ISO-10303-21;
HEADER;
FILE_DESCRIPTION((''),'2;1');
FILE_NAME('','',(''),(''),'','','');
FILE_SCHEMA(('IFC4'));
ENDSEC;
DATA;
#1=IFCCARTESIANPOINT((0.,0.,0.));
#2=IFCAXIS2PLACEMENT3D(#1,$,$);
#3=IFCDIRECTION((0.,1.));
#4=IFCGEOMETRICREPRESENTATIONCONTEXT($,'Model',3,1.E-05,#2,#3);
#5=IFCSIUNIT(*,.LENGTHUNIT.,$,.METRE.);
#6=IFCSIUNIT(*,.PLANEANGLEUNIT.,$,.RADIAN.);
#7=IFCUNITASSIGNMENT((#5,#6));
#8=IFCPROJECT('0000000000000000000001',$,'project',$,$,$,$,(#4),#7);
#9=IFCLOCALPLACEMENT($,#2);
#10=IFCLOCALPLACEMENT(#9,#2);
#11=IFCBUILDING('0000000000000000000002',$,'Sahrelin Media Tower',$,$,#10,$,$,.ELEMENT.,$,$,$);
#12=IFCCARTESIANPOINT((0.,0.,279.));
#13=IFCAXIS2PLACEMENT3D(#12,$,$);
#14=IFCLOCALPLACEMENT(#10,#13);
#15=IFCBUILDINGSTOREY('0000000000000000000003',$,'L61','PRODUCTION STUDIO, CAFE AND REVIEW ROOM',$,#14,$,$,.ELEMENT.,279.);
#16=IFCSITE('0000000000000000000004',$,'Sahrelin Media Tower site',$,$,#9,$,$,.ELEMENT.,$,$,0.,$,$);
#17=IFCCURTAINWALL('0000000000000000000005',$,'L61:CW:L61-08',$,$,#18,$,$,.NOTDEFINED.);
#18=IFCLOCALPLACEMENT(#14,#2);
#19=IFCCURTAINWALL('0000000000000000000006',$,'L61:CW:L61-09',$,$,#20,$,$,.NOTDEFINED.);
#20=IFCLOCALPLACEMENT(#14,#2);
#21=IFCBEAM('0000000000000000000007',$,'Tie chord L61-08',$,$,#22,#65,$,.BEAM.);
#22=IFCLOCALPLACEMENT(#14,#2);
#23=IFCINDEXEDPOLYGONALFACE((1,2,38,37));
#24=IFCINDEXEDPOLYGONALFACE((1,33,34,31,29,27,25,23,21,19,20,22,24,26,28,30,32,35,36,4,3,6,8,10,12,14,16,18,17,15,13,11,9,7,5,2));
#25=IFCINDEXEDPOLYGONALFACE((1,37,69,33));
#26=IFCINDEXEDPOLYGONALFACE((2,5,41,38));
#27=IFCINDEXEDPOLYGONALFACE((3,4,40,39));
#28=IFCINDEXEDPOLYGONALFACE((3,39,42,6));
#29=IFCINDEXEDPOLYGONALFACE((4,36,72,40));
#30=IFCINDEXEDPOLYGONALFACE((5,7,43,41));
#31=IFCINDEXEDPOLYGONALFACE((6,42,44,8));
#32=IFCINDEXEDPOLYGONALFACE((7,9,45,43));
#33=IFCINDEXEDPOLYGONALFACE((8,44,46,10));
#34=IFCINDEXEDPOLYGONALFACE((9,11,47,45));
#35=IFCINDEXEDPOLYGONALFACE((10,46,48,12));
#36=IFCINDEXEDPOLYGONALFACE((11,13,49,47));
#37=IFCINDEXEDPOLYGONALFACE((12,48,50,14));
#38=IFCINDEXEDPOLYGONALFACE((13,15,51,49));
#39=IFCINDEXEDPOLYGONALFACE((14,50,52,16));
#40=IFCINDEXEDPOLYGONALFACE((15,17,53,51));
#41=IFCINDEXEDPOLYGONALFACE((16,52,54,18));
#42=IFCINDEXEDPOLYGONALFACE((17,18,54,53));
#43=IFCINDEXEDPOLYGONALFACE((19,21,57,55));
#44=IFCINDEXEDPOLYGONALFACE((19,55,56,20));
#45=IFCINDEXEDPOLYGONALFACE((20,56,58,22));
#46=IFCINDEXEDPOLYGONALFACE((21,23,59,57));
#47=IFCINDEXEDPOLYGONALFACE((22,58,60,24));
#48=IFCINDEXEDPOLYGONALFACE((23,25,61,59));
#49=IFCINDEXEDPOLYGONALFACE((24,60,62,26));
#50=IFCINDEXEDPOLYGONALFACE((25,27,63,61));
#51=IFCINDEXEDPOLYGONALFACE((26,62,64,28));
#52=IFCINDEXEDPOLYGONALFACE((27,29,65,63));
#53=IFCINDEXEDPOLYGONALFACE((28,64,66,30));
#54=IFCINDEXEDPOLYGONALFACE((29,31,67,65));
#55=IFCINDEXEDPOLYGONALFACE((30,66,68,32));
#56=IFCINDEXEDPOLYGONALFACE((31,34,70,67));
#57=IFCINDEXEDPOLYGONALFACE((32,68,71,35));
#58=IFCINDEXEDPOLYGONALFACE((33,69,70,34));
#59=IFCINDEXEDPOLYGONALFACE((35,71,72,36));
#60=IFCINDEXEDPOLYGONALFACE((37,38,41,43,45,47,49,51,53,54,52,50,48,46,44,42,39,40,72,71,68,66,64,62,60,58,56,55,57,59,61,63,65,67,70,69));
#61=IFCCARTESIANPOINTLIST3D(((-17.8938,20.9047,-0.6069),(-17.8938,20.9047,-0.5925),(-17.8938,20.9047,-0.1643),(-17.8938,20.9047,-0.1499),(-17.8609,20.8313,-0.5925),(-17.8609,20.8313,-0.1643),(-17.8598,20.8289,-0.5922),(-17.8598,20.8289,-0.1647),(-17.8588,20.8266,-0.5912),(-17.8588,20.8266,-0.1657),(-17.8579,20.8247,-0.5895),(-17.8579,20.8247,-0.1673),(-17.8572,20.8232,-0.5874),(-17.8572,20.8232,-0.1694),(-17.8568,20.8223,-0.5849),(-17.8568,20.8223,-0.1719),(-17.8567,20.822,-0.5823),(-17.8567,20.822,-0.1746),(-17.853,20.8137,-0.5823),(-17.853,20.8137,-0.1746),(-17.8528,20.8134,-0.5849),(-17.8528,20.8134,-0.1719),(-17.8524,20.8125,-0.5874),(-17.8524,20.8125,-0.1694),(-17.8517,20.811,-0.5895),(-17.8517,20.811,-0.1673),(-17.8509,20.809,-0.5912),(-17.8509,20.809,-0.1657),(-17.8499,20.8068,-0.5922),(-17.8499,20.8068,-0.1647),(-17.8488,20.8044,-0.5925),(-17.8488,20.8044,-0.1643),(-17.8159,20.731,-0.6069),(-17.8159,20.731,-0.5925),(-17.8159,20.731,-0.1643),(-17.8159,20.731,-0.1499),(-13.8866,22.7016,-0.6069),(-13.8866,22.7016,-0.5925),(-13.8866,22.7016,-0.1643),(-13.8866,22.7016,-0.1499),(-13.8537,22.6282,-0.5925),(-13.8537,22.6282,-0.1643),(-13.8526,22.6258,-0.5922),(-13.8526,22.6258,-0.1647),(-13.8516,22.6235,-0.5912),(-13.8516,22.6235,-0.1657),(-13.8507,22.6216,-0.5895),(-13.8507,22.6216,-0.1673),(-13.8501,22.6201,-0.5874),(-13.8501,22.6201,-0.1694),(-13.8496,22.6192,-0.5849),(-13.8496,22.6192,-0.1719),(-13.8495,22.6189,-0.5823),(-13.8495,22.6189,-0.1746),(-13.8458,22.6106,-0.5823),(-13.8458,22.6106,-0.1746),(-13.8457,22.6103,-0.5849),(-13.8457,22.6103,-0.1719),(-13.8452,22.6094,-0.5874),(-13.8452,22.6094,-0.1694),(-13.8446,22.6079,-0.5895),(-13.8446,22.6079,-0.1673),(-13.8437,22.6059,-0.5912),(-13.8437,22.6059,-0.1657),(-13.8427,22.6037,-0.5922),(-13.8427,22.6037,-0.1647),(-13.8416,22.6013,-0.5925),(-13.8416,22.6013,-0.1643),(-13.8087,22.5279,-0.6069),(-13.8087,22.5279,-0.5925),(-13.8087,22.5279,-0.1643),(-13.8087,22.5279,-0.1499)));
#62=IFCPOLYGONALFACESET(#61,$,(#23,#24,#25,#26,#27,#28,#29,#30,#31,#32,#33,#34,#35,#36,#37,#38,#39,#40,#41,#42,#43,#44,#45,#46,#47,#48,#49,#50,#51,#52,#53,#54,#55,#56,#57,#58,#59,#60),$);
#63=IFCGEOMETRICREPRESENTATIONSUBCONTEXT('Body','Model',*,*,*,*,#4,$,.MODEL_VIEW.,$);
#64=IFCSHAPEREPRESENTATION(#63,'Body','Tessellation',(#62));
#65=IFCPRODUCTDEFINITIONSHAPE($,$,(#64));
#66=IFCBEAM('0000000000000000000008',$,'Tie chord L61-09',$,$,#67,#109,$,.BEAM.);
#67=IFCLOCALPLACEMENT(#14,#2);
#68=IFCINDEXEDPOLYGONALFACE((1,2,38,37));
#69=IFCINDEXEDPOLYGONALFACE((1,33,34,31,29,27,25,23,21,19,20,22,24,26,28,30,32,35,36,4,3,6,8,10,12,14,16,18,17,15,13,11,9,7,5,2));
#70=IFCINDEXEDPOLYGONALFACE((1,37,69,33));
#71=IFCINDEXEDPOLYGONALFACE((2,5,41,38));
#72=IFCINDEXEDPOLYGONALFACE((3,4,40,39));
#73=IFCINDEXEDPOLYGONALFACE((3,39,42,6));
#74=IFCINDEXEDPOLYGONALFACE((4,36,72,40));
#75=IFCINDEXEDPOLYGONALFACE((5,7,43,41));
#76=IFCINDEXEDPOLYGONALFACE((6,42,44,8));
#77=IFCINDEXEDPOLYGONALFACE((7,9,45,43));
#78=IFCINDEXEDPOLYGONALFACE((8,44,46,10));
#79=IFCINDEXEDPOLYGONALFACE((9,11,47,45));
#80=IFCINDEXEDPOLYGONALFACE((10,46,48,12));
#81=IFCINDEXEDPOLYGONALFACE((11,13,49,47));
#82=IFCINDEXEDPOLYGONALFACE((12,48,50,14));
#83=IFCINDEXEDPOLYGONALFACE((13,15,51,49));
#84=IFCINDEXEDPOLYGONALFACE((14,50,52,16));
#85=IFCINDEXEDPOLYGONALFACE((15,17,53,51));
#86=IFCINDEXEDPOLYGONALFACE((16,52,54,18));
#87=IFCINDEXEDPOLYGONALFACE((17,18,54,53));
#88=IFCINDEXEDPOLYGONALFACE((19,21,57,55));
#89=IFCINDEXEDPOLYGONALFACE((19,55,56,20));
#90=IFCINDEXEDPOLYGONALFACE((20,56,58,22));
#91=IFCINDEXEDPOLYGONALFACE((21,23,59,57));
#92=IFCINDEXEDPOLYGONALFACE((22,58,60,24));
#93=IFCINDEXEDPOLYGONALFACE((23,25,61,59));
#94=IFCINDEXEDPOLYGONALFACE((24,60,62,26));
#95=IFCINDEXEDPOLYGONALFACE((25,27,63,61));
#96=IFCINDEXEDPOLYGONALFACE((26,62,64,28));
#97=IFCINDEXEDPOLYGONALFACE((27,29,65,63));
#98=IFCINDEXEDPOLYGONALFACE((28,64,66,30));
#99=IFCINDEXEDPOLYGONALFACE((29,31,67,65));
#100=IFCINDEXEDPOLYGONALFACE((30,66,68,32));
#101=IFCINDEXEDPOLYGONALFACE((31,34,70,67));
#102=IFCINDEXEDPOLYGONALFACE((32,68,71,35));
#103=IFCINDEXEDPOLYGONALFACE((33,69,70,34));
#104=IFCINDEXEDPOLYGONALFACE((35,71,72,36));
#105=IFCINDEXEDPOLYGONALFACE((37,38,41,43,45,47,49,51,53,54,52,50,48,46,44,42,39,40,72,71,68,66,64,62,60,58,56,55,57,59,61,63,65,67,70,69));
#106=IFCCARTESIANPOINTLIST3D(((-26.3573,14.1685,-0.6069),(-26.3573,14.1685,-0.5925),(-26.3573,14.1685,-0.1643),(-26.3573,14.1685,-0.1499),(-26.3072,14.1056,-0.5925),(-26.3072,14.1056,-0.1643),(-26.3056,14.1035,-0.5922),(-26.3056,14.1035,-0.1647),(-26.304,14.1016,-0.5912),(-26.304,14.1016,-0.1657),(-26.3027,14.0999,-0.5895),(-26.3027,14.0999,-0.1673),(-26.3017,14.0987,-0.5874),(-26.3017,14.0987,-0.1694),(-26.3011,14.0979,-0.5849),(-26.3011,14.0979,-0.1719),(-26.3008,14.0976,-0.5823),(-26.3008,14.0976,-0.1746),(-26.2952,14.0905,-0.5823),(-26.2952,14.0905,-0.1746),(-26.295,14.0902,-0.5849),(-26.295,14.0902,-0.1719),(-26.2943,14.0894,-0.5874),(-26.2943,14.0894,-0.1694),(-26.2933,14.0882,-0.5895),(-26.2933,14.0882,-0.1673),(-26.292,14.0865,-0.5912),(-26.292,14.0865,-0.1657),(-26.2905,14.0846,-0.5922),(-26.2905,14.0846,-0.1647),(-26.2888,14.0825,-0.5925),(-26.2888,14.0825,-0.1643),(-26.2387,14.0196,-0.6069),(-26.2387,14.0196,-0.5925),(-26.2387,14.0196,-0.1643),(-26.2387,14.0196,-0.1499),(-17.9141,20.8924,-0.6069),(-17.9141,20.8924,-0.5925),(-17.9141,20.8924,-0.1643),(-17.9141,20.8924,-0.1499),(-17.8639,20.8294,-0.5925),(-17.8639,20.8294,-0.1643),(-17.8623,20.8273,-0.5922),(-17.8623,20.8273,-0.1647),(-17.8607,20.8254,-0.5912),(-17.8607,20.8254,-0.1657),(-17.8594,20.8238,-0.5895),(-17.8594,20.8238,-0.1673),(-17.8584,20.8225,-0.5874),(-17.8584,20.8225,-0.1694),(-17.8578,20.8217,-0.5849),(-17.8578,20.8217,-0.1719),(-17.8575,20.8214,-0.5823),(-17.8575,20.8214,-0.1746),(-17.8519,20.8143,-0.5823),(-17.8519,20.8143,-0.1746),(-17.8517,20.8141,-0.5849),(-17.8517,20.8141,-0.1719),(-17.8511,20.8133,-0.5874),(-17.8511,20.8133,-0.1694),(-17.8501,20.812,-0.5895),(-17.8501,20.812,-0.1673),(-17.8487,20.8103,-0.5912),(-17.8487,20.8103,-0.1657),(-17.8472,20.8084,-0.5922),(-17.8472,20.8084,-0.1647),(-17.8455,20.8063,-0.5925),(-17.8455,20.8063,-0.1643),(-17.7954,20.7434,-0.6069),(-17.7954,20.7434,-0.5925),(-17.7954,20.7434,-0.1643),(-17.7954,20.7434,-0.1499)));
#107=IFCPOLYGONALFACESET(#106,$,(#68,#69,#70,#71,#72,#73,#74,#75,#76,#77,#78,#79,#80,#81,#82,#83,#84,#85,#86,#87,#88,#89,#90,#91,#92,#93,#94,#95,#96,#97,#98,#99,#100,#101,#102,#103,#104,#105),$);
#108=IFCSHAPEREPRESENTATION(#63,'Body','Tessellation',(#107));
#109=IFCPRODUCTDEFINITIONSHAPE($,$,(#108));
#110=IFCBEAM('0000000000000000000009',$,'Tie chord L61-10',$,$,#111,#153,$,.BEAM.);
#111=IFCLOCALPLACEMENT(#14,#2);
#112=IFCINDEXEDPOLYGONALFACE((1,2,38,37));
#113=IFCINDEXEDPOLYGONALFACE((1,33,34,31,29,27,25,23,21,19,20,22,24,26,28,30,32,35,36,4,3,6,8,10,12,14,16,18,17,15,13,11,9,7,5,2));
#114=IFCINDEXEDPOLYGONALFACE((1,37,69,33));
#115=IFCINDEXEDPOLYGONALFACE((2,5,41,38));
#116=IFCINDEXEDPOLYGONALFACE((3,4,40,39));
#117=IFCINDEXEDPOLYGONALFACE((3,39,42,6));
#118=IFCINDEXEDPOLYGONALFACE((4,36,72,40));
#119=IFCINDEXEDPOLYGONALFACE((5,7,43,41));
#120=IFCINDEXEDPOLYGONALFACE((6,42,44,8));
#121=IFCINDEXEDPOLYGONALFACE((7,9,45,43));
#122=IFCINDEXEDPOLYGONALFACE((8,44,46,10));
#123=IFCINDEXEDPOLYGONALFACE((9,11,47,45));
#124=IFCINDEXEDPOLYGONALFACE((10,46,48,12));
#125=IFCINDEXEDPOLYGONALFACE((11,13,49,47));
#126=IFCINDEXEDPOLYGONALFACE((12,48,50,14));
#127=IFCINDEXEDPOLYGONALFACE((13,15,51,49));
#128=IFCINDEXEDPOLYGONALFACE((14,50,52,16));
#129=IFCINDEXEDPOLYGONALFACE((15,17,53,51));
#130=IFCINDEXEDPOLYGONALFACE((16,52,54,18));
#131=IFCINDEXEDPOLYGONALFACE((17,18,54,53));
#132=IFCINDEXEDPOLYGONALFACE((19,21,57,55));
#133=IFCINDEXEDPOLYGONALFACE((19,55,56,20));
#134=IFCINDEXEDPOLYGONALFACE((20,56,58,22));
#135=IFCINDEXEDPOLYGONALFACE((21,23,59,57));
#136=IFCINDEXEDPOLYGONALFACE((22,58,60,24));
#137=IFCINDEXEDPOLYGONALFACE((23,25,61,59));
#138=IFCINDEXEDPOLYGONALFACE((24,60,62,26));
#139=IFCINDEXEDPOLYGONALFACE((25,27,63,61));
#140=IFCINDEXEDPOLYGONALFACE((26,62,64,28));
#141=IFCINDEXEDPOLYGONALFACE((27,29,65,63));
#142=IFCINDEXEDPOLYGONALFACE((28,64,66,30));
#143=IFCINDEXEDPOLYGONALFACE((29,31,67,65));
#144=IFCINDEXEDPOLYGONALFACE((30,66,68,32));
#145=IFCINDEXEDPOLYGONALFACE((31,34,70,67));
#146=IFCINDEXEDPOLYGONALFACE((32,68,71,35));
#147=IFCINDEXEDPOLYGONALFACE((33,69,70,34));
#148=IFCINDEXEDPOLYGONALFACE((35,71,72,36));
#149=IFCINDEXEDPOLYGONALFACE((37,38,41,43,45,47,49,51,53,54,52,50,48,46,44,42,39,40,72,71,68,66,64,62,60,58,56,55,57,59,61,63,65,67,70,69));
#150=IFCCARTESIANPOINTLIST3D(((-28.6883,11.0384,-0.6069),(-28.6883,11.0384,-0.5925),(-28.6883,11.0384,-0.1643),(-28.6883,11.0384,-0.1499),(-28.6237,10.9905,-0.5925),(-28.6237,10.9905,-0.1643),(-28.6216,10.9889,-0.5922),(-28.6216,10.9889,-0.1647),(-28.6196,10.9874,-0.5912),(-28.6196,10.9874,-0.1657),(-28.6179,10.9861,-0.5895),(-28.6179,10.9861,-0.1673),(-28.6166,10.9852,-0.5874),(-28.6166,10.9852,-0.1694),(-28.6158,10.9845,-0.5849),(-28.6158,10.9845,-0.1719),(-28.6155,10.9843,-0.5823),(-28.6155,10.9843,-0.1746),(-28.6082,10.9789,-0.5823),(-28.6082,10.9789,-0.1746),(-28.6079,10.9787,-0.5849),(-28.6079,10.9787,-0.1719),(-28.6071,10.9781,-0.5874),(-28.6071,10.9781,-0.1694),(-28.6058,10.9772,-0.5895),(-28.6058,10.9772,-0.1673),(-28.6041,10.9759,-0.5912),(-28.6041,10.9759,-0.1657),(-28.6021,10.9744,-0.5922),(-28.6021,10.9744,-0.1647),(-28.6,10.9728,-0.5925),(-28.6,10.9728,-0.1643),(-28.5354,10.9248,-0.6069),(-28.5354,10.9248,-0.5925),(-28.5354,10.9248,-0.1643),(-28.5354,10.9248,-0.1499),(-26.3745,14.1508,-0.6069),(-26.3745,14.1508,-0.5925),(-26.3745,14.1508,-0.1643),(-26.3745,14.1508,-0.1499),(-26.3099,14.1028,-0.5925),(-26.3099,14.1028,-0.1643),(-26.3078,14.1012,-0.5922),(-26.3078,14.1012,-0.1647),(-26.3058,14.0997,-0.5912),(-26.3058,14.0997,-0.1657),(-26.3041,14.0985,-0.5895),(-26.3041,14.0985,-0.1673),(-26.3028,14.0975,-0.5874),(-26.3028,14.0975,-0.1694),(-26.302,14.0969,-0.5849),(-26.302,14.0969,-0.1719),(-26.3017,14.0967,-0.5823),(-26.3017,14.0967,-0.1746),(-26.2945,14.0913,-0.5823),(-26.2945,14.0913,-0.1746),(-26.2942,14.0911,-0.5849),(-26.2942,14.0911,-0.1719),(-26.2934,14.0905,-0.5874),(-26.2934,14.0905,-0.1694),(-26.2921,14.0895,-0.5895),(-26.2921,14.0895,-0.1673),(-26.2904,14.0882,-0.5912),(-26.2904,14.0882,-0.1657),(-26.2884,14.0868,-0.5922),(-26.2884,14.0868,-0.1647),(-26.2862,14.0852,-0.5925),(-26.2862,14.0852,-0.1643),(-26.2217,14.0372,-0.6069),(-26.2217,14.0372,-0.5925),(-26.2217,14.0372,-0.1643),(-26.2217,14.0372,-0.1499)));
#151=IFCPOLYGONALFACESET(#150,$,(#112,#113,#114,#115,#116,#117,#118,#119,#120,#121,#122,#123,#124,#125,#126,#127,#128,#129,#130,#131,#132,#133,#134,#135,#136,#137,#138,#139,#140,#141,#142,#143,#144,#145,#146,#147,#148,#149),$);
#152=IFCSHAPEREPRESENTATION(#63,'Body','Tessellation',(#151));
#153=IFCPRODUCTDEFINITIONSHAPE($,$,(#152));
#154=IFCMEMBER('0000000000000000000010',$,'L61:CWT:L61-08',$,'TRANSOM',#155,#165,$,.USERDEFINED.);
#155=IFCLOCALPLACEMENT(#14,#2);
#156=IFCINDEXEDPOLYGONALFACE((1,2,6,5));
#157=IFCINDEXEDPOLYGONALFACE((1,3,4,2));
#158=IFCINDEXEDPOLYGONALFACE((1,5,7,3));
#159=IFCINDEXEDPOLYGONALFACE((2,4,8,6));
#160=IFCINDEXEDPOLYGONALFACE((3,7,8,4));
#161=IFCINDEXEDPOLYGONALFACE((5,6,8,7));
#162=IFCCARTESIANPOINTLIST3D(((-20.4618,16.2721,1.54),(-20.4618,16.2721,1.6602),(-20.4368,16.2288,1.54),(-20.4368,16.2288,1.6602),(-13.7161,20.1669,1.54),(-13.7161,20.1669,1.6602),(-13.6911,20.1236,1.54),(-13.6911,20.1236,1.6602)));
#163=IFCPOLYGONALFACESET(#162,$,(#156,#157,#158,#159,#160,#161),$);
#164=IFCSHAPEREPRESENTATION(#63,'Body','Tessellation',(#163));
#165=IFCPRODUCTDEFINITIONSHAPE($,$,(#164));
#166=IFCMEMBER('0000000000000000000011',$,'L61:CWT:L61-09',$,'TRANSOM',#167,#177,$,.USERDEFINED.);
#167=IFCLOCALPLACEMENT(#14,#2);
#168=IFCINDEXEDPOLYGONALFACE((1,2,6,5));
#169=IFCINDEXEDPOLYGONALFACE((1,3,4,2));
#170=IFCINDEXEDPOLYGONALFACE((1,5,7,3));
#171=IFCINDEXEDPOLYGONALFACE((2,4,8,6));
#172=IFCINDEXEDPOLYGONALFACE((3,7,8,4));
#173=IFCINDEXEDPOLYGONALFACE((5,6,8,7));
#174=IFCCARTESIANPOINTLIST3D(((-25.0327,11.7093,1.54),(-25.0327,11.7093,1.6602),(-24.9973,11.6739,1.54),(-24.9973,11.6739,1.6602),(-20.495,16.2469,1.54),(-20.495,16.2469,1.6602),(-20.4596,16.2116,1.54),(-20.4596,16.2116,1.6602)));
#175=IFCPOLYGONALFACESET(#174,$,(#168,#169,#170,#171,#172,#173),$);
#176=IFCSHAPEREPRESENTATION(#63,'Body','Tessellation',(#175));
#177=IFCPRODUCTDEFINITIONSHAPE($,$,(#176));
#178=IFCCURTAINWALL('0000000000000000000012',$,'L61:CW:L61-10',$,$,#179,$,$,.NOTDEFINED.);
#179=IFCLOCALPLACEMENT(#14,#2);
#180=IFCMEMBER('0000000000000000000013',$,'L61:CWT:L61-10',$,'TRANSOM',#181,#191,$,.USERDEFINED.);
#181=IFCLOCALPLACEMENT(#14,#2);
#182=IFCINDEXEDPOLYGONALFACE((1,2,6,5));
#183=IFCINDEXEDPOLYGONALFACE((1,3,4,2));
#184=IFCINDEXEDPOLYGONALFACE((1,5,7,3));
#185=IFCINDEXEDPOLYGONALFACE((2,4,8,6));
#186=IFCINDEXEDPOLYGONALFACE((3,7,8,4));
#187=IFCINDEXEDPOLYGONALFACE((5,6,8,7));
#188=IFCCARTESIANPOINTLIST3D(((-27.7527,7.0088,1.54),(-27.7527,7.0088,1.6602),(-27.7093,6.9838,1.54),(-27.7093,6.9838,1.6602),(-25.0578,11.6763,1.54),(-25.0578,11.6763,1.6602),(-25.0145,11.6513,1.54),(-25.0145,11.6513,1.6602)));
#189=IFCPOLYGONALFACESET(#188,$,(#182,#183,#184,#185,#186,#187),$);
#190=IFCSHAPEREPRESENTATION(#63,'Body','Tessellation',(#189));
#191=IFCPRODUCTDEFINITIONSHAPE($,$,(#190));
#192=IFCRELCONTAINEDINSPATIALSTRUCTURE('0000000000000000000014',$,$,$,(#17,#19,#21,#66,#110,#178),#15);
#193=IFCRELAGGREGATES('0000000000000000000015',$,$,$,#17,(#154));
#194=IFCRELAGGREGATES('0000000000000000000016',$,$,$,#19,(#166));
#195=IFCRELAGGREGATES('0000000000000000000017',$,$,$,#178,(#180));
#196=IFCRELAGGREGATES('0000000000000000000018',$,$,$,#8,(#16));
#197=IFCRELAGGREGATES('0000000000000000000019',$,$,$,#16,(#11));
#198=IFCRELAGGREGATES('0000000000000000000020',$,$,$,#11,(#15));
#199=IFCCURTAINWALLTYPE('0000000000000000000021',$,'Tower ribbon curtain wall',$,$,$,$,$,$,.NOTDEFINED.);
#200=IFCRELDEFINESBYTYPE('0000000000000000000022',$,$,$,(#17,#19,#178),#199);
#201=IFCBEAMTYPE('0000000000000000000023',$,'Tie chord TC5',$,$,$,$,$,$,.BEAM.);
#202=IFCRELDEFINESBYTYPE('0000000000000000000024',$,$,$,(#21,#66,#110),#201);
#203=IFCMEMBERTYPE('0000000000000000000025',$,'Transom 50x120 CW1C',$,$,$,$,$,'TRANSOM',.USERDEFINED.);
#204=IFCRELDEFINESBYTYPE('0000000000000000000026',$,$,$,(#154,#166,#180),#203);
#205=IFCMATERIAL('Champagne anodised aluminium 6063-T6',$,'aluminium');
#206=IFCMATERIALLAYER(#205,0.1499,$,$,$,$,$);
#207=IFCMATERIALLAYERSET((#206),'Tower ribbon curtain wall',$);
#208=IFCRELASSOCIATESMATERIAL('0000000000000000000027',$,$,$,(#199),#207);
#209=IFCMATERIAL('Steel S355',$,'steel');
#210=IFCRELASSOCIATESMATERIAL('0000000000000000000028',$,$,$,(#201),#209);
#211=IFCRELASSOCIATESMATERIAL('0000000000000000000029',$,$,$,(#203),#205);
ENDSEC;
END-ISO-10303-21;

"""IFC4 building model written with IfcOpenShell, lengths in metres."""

from ifc_helpers import new_model, si_unit, direction, frame, origin, origin_2d, place, context, subcontext, project, spatial, rectangle, i_section, extrude, material, layer, layer_set, material_profile, profile_set, type_object, element, aggregate, save


model = new_model("IFC4")

# Units and contexts
model_context = context("Model", 3, precision=1e-05, world=origin(), true_north=direction((0.0, 1.0)))
body_context = subcontext(model_context, "Body", "Model", "MODEL_VIEW")
ifc_project = project(units=[si_unit("LENGTHUNIT", "METRE"), si_unit("PLANEANGLEUNIT", "RADIAN")], contexts=[model_context])

# Site, building, storey
site_placement = place(None, origin())
site = spatial("IfcSite", under=ifc_project, at=site_placement, Name="Sahrelin Media Tower site", CompositionType="ELEMENT", RefElevation=0.0)
building_placement = place(site_placement, origin())
building = spatial("IfcBuilding", under=site, at=building_placement, Name="Sahrelin Media Tower", CompositionType="ELEMENT")
storey_placement = place(building_placement, frame((0.0, 0.0, 279.0)))
storey = spatial("IfcBuildingStorey", under=building, at=storey_placement, Name="L61", Description="PRODUCTION STUDIO, CAFE AND REVIEW ROOM", CompositionType="ELEMENT", Elevation=279.0)

# Shared definitions
ifc_material_1 = material(Name="Steel S355", Category="steel")

# Curtain walls
ifc_material_2 = material(Name="Champagne anodised aluminium 6063-T6", Category="aluminium")
ifc_layer_1 = layer(ifc_material_2, 0.1499)
ifc_layer_set_1 = layer_set([ifc_layer_1], Name="Tower ribbon curtain wall")
curtain_wall_type = type_object("IfcCurtainWallType", Name="Tower ribbon curtain wall", PredefinedType="NOTDEFINED", material=ifc_layer_set_1)
curtain_wall_1_placement = place(storey_placement, frame((-17.199, 18.4102, 0.0), z_axis=(0.0, 0.0, 1.0), x_axis=(1.0, 0.0, 0.0)))
curtain_wall_1 = element("IfcCurtainWall", 1, at=curtain_wall_1_placement, inside=storey, type_object=curtain_wall_type, Name="L61:CW:L61-08", PredefinedType="NOTDEFINED")
curtain_wall_2_placement = place(storey_placement, frame((-22.9192, 14.1338, 0.0), z_axis=(0.0, 0.0, 1.0), x_axis=(1.0, 0.0, 0.0)))
curtain_wall_2 = element("IfcCurtainWall", 2, at=curtain_wall_2_placement, inside=storey, type_object=curtain_wall_type, Name="L61:CW:L61-09", PredefinedType="NOTDEFINED")

# Beams
ifc_material_profile_1 = material_profile(ifc_material_1, i_section(OverallWidth=0.1904, OverallDepth=0.457, WebThickness=0.009, FlangeThickness=0.0144, FilletRadius=0.0103, at=origin_2d()), Name="UB 457x191x74")
ifc_profile_set_1 = profile_set([ifc_material_profile_1], Name="Steel S355")
beam_type_1 = type_object("IfcBeamType", Name="Tie chord TC5", PredefinedType="BEAM", material=ifc_profile_set_1)
beam_1_placement = place(storey_placement, frame((-13.8477, 22.6147, -0.3784), z_axis=(-0.912459, -0.409169, 0.0), x_axis=(0.409169, -0.912459, 0.0)))
element("IfcBeam", 3, at=beam_1_placement, inside=storey, type_object=beam_type_1, Name="Tie chord L61-08", PredefinedType="BEAM", context=body_context, shape_type="SweptSolid", body=[
    extrude(i_section(OverallWidth=0.1904, OverallDepth=0.457, WebThickness=0.009, FlangeThickness=0.0144, FilletRadius=0.0103, at=origin_2d()), origin(), (0.0, 0.0, 1.0), 4.3916),
])
beam_2_placement = place(storey_placement, frame((-17.8547, 20.8179, -0.3784), z_axis=(-0.782259, -0.622953, 0.0), x_axis=(0.622953, -0.782259, 0.0)))
element("IfcBeam", 4, at=beam_2_placement, inside=storey, type_object=beam_type_1, Name="Tie chord L61-09", PredefinedType="BEAM", context=body_context, shape_type="SweptSolid", body=[
    extrude(i_section(OverallWidth=0.1904, OverallDepth=0.457, WebThickness=0.009, FlangeThickness=0.0144, FilletRadius=0.0103, at=origin_2d()), origin(), (0.0, 0.0, 1.0), 10.7935),
])
beam_3_placement = place(storey_placement, frame((-26.2981, 14.094, -0.3784), z_axis=(-0.59661, -0.802531, 0.0), x_axis=(0.802531, -0.59661, 0.0)))
element("IfcBeam", 5, at=beam_3_placement, inside=storey, type_object=beam_type_1, Name="Tie chord L61-10", PredefinedType="BEAM", context=body_context, shape_type="SweptSolid", body=[
    extrude(i_section(OverallWidth=0.1904, OverallDepth=0.457, WebThickness=0.009, FlangeThickness=0.0144, FilletRadius=0.0103, at=origin_2d()), origin(), (0.0, 0.0, 1.0), 3.8782),
])

# Members
ifc_material_profile_2 = material_profile(ifc_material_2, rectangle(XDim=0.05, YDim=0.1201, at=origin_2d()), Name="Transom 50x120")
ifc_profile_set_2 = profile_set([ifc_material_profile_2], Name="Champagne anodised aluminium 6063-T6")
member_type_1 = type_object("IfcMemberType", Name="Transom 50x120 CW1C", ElementType="TRANSOM", PredefinedType="USERDEFINED", material=ifc_profile_set_2)
member_1_placement = place(storey_placement, frame((-13.7036, 20.1453, 1.6001), z_axis=(-0.866014, -0.500019, 0.0), x_axis=(0.500019, -0.866014, 0.0)))
member_1 = element("IfcMember", 6, at=member_1_placement, type_object=member_type_1, Name="L61:CWT:L61-08", ObjectType="TRANSOM", PredefinedType="USERDEFINED", context=body_context, shape_type="SweptSolid", body=[
    extrude(rectangle(XDim=0.05, YDim=0.1201, at=origin_2d()), origin(), (0.0, 0.0, 1.0), 7.7893),
])
member_2_placement = place(storey_placement, frame((-20.4773, 16.2292, 1.6001), z_axis=(-0.707107, -0.707107, 0.0), x_axis=(0.707107, -0.707107, 0.0)))
member_2 = element("IfcMember", 7, at=member_2_placement, type_object=member_type_1, Name="L61:CWT:L61-09", ObjectType="TRANSOM", PredefinedType="USERDEFINED", context=body_context, shape_type="SweptSolid", body=[
    extrude(rectangle(XDim=0.05, YDim=0.1201, at=origin_2d()), origin(), (0.0, 0.0, 1.0), 6.4172),
])

# Curtain wall, member
curtain_wall_3_placement = place(storey_placement, frame((-26.5957, 9.4524, 0.0), z_axis=(0.0, 0.0, 1.0), x_axis=(1.0, 0.0, 0.0)))
curtain_wall_3 = element("IfcCurtainWall", 8, at=curtain_wall_3_placement, inside=storey, type_object=curtain_wall_type, Name="L61:CW:L61-10", PredefinedType="NOTDEFINED")
member_3_placement = place(storey_placement, frame((-25.0361, 11.6638, 1.6001), z_axis=(-0.500007, -0.866021, 0.0), x_axis=(0.866021, -0.500007, 0.0)))
member_3 = element("IfcMember", 9, at=member_3_placement, type_object=member_type_1, Name="L61:CWT:L61-10", ObjectType="TRANSOM", PredefinedType="USERDEFINED", context=body_context, shape_type="SweptSolid", body=[
    extrude(rectangle(XDim=0.05, YDim=0.1201, at=origin_2d()), origin(), (0.0, 0.0, 1.0), 5.3896),
])

aggregate(curtain_wall_1, [member_1])
aggregate(curtain_wall_2, [member_2])
aggregate(curtain_wall_3, [member_3])

save(model, "model.ifc")
